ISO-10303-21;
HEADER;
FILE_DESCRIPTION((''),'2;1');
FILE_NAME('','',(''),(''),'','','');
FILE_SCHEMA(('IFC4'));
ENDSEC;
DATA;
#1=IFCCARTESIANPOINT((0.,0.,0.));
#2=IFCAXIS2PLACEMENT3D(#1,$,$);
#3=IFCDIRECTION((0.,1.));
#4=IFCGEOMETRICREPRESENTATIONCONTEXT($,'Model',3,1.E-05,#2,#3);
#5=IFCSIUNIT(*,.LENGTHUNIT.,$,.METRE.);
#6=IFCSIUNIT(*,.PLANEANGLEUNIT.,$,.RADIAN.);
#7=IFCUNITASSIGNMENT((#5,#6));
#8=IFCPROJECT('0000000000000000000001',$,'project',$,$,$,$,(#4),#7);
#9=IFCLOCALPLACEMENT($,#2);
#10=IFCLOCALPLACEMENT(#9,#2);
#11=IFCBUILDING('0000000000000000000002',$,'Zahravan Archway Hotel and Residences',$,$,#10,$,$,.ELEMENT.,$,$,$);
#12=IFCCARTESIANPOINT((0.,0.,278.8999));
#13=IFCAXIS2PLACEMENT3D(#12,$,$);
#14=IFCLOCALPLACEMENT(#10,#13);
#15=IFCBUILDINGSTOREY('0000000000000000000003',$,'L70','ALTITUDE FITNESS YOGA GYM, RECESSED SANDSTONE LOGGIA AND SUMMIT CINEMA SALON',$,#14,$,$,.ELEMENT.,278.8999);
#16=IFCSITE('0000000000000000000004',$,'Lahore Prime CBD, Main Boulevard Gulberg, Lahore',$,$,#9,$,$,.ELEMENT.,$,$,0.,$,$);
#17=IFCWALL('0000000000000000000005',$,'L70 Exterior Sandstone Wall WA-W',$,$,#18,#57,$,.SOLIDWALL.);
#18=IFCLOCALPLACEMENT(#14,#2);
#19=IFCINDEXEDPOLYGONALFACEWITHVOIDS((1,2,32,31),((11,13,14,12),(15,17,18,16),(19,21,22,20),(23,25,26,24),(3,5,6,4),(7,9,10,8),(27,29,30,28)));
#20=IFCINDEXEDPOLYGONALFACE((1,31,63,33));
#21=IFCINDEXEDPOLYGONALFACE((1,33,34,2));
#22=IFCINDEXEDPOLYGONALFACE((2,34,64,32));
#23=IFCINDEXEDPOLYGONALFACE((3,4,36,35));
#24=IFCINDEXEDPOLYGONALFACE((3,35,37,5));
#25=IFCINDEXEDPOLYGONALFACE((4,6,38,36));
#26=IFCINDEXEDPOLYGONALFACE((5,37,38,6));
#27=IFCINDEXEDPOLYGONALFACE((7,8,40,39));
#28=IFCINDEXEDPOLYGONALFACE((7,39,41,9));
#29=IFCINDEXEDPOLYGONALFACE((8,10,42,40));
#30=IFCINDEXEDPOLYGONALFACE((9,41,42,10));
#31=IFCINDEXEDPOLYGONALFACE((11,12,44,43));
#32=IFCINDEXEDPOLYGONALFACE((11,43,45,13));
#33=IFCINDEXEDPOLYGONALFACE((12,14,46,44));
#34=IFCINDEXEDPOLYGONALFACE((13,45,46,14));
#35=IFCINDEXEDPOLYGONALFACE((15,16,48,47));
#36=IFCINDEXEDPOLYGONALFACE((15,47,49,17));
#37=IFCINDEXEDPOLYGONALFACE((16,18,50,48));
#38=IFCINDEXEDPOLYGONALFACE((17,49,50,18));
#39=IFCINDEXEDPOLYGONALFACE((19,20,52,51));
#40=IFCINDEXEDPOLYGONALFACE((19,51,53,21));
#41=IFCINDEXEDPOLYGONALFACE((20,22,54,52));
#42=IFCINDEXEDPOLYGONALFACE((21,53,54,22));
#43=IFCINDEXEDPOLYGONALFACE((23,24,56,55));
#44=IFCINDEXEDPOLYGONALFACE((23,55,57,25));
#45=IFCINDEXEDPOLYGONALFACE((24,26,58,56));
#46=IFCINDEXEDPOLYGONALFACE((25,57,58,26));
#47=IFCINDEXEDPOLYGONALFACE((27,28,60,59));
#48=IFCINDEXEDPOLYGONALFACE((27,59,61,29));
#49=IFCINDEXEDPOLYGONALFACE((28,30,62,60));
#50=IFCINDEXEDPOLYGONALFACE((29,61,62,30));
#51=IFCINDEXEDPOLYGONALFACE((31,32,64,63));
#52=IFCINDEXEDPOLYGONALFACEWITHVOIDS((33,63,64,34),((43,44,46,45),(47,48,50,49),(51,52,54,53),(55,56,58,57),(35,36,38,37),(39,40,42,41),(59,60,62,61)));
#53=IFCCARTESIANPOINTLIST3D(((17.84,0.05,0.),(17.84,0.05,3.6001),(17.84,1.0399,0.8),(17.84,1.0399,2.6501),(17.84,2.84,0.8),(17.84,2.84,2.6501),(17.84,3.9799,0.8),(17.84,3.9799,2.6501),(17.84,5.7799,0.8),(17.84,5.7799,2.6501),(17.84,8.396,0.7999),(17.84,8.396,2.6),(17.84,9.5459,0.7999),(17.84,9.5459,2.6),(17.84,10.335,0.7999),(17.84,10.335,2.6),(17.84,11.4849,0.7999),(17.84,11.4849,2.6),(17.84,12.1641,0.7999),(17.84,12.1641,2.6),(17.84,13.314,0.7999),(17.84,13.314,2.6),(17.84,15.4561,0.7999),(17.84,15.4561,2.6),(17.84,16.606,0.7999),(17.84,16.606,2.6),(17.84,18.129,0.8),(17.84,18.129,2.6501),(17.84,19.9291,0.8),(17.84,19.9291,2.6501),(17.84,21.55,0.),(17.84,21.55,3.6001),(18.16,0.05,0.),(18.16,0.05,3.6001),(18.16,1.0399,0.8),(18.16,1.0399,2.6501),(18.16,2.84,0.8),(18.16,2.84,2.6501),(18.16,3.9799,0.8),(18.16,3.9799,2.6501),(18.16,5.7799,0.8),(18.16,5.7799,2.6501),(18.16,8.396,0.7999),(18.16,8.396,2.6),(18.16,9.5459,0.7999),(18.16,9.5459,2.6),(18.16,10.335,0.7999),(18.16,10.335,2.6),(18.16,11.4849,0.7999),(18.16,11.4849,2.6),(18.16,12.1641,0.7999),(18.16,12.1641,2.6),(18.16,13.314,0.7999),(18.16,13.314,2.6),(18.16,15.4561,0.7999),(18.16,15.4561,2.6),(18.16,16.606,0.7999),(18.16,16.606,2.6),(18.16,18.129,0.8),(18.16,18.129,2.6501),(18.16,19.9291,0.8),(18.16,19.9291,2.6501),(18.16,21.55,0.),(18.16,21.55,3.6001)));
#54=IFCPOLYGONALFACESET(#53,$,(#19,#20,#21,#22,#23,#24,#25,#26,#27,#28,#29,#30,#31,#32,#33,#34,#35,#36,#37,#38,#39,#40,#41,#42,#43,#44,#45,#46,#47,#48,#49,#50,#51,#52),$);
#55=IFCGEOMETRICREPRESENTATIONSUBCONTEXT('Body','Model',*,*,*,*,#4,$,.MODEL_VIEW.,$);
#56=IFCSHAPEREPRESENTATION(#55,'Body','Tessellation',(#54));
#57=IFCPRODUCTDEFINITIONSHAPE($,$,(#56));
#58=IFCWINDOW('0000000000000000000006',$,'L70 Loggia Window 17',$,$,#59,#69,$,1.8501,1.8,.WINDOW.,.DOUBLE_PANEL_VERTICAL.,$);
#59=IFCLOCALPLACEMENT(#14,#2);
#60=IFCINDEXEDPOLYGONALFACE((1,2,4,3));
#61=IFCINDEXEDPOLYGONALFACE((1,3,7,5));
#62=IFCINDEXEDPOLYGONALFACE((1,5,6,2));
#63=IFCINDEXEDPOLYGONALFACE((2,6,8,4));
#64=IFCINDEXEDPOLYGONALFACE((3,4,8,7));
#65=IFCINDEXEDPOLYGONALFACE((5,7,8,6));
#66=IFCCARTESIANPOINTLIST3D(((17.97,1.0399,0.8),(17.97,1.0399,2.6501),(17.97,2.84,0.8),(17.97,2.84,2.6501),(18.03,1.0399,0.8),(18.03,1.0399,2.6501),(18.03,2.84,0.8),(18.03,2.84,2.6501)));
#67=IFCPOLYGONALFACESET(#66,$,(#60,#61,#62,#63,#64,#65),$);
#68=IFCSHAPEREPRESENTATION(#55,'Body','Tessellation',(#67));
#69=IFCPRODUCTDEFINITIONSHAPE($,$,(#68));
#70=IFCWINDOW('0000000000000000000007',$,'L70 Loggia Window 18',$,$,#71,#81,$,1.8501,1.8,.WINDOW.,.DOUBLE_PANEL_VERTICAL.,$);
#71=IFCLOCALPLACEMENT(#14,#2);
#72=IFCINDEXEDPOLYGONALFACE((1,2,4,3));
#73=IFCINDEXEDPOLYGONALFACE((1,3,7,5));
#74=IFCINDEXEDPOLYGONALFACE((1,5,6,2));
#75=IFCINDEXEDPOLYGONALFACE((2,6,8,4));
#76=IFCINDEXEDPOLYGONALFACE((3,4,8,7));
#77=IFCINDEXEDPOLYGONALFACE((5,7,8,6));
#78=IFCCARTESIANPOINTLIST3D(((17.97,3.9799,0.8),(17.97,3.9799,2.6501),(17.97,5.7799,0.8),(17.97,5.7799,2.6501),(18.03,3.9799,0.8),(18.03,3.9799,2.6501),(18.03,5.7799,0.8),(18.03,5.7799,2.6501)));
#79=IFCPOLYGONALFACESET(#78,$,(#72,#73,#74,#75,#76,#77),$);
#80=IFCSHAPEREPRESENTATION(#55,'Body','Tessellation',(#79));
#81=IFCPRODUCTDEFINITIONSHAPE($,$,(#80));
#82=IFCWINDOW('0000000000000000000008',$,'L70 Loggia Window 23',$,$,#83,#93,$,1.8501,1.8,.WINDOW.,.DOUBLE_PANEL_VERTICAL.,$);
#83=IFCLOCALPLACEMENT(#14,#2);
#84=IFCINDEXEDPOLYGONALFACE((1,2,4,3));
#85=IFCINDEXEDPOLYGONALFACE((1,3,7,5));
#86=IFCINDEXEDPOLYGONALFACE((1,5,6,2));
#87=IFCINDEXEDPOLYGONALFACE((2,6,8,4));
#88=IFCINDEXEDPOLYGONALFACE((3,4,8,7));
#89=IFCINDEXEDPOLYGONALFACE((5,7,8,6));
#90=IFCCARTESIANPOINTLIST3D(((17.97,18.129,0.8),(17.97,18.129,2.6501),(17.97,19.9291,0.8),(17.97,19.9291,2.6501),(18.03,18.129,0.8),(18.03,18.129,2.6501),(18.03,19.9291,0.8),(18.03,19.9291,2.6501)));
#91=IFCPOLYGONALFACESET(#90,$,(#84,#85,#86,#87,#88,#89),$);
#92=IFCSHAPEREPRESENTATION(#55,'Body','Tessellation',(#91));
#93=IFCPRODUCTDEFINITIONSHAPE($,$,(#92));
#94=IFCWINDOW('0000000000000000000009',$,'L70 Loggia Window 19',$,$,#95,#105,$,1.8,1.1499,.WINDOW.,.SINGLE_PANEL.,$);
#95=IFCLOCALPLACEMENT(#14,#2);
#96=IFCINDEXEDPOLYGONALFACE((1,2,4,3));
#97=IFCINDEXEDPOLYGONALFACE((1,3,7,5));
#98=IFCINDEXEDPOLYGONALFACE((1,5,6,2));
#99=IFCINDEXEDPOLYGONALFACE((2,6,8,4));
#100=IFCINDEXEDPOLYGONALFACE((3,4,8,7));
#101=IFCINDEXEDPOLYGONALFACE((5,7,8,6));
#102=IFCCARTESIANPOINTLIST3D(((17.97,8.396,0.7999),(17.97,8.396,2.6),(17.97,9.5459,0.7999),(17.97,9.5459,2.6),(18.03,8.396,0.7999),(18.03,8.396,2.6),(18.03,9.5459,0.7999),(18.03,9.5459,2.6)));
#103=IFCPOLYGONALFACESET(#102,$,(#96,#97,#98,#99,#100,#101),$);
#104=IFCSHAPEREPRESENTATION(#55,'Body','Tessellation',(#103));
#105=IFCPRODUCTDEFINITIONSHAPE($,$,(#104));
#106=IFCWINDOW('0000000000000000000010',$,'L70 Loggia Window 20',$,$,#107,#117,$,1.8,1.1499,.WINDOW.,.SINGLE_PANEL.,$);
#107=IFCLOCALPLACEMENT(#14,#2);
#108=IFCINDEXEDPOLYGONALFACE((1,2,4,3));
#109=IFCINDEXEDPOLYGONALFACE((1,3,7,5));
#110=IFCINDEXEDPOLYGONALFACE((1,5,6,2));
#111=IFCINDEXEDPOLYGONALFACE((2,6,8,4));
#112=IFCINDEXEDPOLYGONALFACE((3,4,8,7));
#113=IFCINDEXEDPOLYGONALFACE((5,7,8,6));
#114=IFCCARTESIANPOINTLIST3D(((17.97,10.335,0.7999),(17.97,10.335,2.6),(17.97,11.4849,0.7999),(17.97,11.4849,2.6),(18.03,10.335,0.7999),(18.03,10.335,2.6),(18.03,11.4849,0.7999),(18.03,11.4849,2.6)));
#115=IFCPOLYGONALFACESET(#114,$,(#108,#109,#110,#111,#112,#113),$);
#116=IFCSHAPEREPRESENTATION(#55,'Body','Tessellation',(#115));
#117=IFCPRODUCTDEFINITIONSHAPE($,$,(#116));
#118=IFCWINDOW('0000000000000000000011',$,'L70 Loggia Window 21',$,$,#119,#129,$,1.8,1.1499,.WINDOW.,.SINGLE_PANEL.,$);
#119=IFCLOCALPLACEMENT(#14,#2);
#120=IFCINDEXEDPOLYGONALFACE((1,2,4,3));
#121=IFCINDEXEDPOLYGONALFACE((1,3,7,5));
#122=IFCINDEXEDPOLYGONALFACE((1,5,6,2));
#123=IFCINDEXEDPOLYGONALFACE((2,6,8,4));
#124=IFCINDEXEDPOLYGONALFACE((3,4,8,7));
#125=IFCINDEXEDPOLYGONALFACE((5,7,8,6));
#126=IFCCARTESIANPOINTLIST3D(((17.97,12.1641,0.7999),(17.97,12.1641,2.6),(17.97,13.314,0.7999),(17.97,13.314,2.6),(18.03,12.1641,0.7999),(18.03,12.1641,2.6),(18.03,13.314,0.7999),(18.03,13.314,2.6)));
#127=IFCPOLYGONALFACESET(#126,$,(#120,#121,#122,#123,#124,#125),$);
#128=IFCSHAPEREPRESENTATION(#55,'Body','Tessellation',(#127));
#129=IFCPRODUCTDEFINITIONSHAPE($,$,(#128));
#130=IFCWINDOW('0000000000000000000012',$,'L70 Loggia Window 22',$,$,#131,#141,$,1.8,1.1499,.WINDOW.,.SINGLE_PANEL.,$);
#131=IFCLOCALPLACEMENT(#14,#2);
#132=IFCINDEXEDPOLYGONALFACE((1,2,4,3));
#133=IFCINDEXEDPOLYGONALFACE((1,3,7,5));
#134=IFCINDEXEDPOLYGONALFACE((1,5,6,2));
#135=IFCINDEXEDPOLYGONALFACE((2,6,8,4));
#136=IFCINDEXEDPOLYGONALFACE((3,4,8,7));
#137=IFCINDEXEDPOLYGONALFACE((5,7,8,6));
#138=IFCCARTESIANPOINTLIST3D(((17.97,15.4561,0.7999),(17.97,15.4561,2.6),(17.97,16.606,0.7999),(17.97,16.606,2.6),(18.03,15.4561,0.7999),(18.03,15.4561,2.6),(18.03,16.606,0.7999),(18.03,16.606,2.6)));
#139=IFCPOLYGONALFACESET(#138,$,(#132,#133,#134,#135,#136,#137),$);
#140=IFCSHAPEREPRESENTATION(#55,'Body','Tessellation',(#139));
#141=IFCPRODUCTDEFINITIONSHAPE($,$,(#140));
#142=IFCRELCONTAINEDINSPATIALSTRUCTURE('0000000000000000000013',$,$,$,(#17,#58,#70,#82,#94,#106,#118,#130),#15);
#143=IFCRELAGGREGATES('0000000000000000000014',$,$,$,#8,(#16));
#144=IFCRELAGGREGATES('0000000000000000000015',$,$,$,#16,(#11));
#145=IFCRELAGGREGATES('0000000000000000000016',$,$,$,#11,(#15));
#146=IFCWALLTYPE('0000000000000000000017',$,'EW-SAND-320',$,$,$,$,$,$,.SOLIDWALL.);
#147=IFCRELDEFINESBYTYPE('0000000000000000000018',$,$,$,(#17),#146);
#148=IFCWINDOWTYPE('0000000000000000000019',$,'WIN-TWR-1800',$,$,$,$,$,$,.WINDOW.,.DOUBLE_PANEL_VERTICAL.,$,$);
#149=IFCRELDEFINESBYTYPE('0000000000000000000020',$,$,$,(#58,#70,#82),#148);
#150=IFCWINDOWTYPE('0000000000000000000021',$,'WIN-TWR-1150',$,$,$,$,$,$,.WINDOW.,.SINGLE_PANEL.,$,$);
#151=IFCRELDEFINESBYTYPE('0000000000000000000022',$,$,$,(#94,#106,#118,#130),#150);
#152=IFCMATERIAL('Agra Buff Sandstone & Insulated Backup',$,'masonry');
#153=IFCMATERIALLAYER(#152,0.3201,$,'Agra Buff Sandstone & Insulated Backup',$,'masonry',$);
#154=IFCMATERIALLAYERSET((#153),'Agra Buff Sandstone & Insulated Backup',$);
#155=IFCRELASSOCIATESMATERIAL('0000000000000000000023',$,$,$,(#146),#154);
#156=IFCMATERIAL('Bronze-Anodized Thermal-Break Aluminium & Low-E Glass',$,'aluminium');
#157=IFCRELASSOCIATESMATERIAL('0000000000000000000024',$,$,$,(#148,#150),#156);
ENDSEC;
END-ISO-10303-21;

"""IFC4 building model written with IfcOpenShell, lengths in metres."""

from ifc_helpers import new_model, si_unit, direction, frame, frame_2d, origin, place, context, subcontext, project, spatial, rectangle, extrude, source, transform, mapped, material, layer, layer_set, type_object, type_shapes, element, fill, save


model = new_model("IFC4")

# Units and contexts
model_context = context("Model", 3, precision=1e-05, world=origin(), true_north=direction((0.0, 1.0)))
body_context = subcontext(model_context, "Body", "Model", "MODEL_VIEW")
ifc_project = project(units=[si_unit("LENGTHUNIT", "METRE"), si_unit("PLANEANGLEUNIT", "RADIAN")], contexts=[model_context])

# Site, building, storey
site_placement = place(None, origin())
site = spatial("IfcSite", under=ifc_project, at=site_placement, Name="Lahore Prime CBD, Main Boulevard Gulberg, Lahore", CompositionType="ELEMENT", RefElevation=0.0)
building_placement = place(site_placement, origin())
building = spatial("IfcBuilding", under=site, at=building_placement, Name="Zahravan Archway Hotel and Residences", CompositionType="ELEMENT")
storey_placement = place(building_placement, frame((0.0, 0.0, 278.8999)))
storey = spatial("IfcBuildingStorey", under=building, at=storey_placement, Name="L70", Description="ALTITUDE FITNESS YOGA GYM, RECESSED SANDSTONE LOGGIA AND SUMMIT CINEMA SALON", CompositionType="ELEMENT", Elevation=278.8999)

# Shared definitions
ifc_material_1 = material(Name="Agra Buff Sandstone & Insulated Backup", Category="masonry")
ifc_layer_1 = layer(ifc_material_1, 0.3201, Name="Agra Buff Sandstone & Insulated Backup", Category="masonry")
ifc_layer_set_1 = layer_set([ifc_layer_1], Name="Agra Buff Sandstone & Insulated Backup")
wall_type = type_object("IfcWallType", Name="EW-SAND-320", PredefinedType="SOLIDWALL", material=ifc_layer_set_1)
ifc_material_2 = material(Name="Bronze-Anodized Thermal-Break Aluminium & Low-E Glass", Category="aluminium")
window_type_1 = type_object("IfcWindowType", Name="WIN-TWR-1800", PartitioningType="DOUBLE_PANEL_VERTICAL", PredefinedType="WINDOW", material=ifc_material_2)
shared_shape_1 = source(origin(), body_context, "Body", "SweptSolid", [
    extrude(rectangle(XDim=1.8, YDim=1.8501, at=frame_2d((0.8999, 0.925))), frame((0.0, 0.03, 0.0), z_axis=(0.0, -1.0, 0.0), x_axis=(1.0, 0.0, 0.0)), (0.0, 0.0, 1.0), 0.0601),
])
type_shapes(window_type_1, [shared_shape_1])

# Wall, openings, windows
wall_1_placement = place(storey_placement, frame((18.0, 0.05, 0.0), z_axis=(0.0, 0.0, 1.0), x_axis=(0.0, 1.0, 0.0)))
wall_1 = element("IfcWall", 1, at=wall_1_placement, inside=storey, type_object=wall_type, Name="L70 Exterior Sandstone Wall WA-W", PredefinedType="SOLIDWALL", context=body_context, shape_type="SweptSolid", body=[
    extrude(rectangle(XDim=21.5, YDim=0.3201, at=frame_2d((10.75, 0.0))), origin(), (0.0, 0.0, 1.0), 3.6001),
])
opening_1_placement = place(wall_1_placement, frame((0.99, 0.0, 0.8)))
opening_1 = element("IfcOpeningElement", 2, at=opening_1_placement, cuts=wall_1, PredefinedType="OPENING", context=body_context, shape_type="SweptSolid", body=[
    extrude(rectangle(XDim=1.8, YDim=1.8501, at=frame_2d((0.8999, 0.925))), frame((0.0, 0.1699, 0.0), z_axis=(0.0, -1.0, 0.0), x_axis=(1.0, 0.0, 0.0)), (0.0, 0.0, 1.0), 0.3401),
])
opening_2_placement = place(wall_1_placement, frame((3.9299, 0.0, 0.8)))
opening_2 = element("IfcOpeningElement", 3, at=opening_2_placement, cuts=wall_1, PredefinedType="OPENING", context=body_context, shape_type="SweptSolid", body=[
    extrude(rectangle(XDim=1.8, YDim=1.8501, at=frame_2d((0.8999, 0.925))), frame((0.0, 0.1699, 0.0), z_axis=(0.0, -1.0, 0.0), x_axis=(1.0, 0.0, 0.0)), (0.0, 0.0, 1.0), 0.3401),
])
opening_3_placement = place(wall_1_placement, frame((8.3459, 0.0, 0.8)))
opening_3 = element("IfcOpeningElement", 4, at=opening_3_placement, cuts=wall_1, PredefinedType="OPENING", context=body_context, shape_type="SweptSolid", body=[
    extrude(rectangle(XDim=1.1499, YDim=1.8, at=frame_2d((0.575, 0.8999))), frame((0.0, 0.1699, 0.0), z_axis=(0.0, -1.0, 0.0), x_axis=(1.0, 0.0, 0.0)), (0.0, 0.0, 1.0), 0.3401),
])
opening_4_placement = place(wall_1_placement, frame((10.2849, 0.0, 0.8)))
opening_4 = element("IfcOpeningElement", 5, at=opening_4_placement, cuts=wall_1, PredefinedType="OPENING", context=body_context, shape_type="SweptSolid", body=[
    extrude(rectangle(XDim=1.1499, YDim=1.8, at=frame_2d((0.575, 0.8999))), frame((0.0, 0.1699, 0.0), z_axis=(0.0, -1.0, 0.0), x_axis=(1.0, 0.0, 0.0)), (0.0, 0.0, 1.0), 0.3401),
])
opening_5_placement = place(wall_1_placement, frame((12.114, 0.0, 0.8)))
opening_5 = element("IfcOpeningElement", 6, at=opening_5_placement, cuts=wall_1, PredefinedType="OPENING", context=body_context, shape_type="SweptSolid", body=[
    extrude(rectangle(XDim=1.1499, YDim=1.8, at=frame_2d((0.575, 0.8999))), frame((0.0, 0.1699, 0.0), z_axis=(0.0, -1.0, 0.0), x_axis=(1.0, 0.0, 0.0)), (0.0, 0.0, 1.0), 0.3401),
])
opening_6_placement = place(wall_1_placement, frame((15.406, 0.0, 0.8)))
opening_6 = element("IfcOpeningElement", 7, at=opening_6_placement, cuts=wall_1, PredefinedType="OPENING", context=body_context, shape_type="SweptSolid", body=[
    extrude(rectangle(XDim=1.1499, YDim=1.8, at=frame_2d((0.575, 0.8999))), frame((0.0, 0.1699, 0.0), z_axis=(0.0, -1.0, 0.0), x_axis=(1.0, 0.0, 0.0)), (0.0, 0.0, 1.0), 0.3401),
])
opening_7_placement = place(wall_1_placement, frame((18.0791, 0.0, 0.8)))
opening_7 = element("IfcOpeningElement", 8, at=opening_7_placement, cuts=wall_1, PredefinedType="OPENING", context=body_context, shape_type="SweptSolid", body=[
    extrude(rectangle(XDim=1.8, YDim=1.8501, at=frame_2d((0.8999, 0.925))), frame((0.0, 0.1699, 0.0), z_axis=(0.0, -1.0, 0.0), x_axis=(1.0, 0.0, 0.0)), (0.0, 0.0, 1.0), 0.3401),
])
window_1_placement = place(opening_1_placement, origin())
window_1 = element("IfcWindow", 9, at=window_1_placement, inside=storey, type_object=window_type_1, Name="L70 Loggia Window 17", OverallHeight=1.8501, OverallWidth=1.8, PartitioningType="DOUBLE_PANEL_VERTICAL", PredefinedType="WINDOW", context=body_context, shape_type="MappedRepresentation", body=[
    mapped(shared_shape_1, transform((0.0, 0.0, 0.0), scale=1.0)),
])
fill(opening_1, window_1)
window_2_placement = place(opening_2_placement, origin())
window_2 = element("IfcWindow", 10, at=window_2_placement, inside=storey, type_object=window_type_1, Name="L70 Loggia Window 18", OverallHeight=1.8501, OverallWidth=1.8, PartitioningType="DOUBLE_PANEL_VERTICAL", PredefinedType="WINDOW", context=body_context, shape_type="MappedRepresentation", body=[
    mapped(shared_shape_1, transform((0.0, 0.0, 0.0), scale=1.0)),
])
fill(opening_2, window_2)
window_3_placement = place(opening_7_placement, origin())
window_3 = element("IfcWindow", 11, at=window_3_placement, inside=storey, type_object=window_type_1, Name="L70 Loggia Window 23", OverallHeight=1.8501, OverallWidth=1.8, PartitioningType="DOUBLE_PANEL_VERTICAL", PredefinedType="WINDOW", context=body_context, shape_type="MappedRepresentation", body=[
    mapped(shared_shape_1, transform((0.0, 0.0, 0.0), scale=1.0)),
])
fill(opening_7, window_3)
window_type_2 = type_object("IfcWindowType", Name="WIN-TWR-1150", PartitioningType="SINGLE_PANEL", PredefinedType="WINDOW", material=ifc_material_2)
shared_shape_2 = source(origin(), body_context, "Body", "SweptSolid", [
    extrude(rectangle(XDim=1.1499, YDim=1.8, at=frame_2d((0.575, 0.8999))), frame((0.0, 0.03, 0.0), z_axis=(0.0, -1.0, 0.0), x_axis=(1.0, 0.0, 0.0)), (0.0, 0.0, 1.0), 0.0601),
])
type_shapes(window_type_2, [shared_shape_2])
window_4_placement = place(opening_3_placement, origin())
window_4 = element("IfcWindow", 12, at=window_4_placement, inside=storey, type_object=window_type_2, Name="L70 Loggia Window 19", OverallHeight=1.8, OverallWidth=1.1499, PartitioningType="SINGLE_PANEL", PredefinedType="WINDOW", context=body_context, shape_type="MappedRepresentation", body=[
    mapped(shared_shape_2, transform((0.0, 0.0, 0.0), scale=1.0)),
])
fill(opening_3, window_4)
window_5_placement = place(opening_4_placement, origin())
window_5 = element("IfcWindow", 13, at=window_5_placement, inside=storey, type_object=window_type_2, Name="L70 Loggia Window 20", OverallHeight=1.8, OverallWidth=1.1499, PartitioningType="SINGLE_PANEL", PredefinedType="WINDOW", context=body_context, shape_type="MappedRepresentation", body=[
    mapped(shared_shape_2, transform((0.0, 0.0, 0.0), scale=1.0)),
])
fill(opening_4, window_5)
window_6_placement = place(opening_5_placement, origin())
window_6 = element("IfcWindow", 14, at=window_6_placement, inside=storey, type_object=window_type_2, Name="L70 Loggia Window 21", OverallHeight=1.8, OverallWidth=1.1499, PartitioningType="SINGLE_PANEL", PredefinedType="WINDOW", context=body_context, shape_type="MappedRepresentation", body=[
    mapped(shared_shape_2, transform((0.0, 0.0, 0.0), scale=1.0)),
])
fill(opening_5, window_6)
window_7_placement = place(opening_6_placement, origin())
window_7 = element("IfcWindow", 15, at=window_7_placement, inside=storey, type_object=window_type_2, Name="L70 Loggia Window 22", OverallHeight=1.8, OverallWidth=1.1499, PartitioningType="SINGLE_PANEL", PredefinedType="WINDOW", context=body_context, shape_type="MappedRepresentation", body=[
    mapped(shared_shape_2, transform((0.0, 0.0, 0.0), scale=1.0)),
])
fill(opening_6, window_7)

save(model, "model.ifc")
